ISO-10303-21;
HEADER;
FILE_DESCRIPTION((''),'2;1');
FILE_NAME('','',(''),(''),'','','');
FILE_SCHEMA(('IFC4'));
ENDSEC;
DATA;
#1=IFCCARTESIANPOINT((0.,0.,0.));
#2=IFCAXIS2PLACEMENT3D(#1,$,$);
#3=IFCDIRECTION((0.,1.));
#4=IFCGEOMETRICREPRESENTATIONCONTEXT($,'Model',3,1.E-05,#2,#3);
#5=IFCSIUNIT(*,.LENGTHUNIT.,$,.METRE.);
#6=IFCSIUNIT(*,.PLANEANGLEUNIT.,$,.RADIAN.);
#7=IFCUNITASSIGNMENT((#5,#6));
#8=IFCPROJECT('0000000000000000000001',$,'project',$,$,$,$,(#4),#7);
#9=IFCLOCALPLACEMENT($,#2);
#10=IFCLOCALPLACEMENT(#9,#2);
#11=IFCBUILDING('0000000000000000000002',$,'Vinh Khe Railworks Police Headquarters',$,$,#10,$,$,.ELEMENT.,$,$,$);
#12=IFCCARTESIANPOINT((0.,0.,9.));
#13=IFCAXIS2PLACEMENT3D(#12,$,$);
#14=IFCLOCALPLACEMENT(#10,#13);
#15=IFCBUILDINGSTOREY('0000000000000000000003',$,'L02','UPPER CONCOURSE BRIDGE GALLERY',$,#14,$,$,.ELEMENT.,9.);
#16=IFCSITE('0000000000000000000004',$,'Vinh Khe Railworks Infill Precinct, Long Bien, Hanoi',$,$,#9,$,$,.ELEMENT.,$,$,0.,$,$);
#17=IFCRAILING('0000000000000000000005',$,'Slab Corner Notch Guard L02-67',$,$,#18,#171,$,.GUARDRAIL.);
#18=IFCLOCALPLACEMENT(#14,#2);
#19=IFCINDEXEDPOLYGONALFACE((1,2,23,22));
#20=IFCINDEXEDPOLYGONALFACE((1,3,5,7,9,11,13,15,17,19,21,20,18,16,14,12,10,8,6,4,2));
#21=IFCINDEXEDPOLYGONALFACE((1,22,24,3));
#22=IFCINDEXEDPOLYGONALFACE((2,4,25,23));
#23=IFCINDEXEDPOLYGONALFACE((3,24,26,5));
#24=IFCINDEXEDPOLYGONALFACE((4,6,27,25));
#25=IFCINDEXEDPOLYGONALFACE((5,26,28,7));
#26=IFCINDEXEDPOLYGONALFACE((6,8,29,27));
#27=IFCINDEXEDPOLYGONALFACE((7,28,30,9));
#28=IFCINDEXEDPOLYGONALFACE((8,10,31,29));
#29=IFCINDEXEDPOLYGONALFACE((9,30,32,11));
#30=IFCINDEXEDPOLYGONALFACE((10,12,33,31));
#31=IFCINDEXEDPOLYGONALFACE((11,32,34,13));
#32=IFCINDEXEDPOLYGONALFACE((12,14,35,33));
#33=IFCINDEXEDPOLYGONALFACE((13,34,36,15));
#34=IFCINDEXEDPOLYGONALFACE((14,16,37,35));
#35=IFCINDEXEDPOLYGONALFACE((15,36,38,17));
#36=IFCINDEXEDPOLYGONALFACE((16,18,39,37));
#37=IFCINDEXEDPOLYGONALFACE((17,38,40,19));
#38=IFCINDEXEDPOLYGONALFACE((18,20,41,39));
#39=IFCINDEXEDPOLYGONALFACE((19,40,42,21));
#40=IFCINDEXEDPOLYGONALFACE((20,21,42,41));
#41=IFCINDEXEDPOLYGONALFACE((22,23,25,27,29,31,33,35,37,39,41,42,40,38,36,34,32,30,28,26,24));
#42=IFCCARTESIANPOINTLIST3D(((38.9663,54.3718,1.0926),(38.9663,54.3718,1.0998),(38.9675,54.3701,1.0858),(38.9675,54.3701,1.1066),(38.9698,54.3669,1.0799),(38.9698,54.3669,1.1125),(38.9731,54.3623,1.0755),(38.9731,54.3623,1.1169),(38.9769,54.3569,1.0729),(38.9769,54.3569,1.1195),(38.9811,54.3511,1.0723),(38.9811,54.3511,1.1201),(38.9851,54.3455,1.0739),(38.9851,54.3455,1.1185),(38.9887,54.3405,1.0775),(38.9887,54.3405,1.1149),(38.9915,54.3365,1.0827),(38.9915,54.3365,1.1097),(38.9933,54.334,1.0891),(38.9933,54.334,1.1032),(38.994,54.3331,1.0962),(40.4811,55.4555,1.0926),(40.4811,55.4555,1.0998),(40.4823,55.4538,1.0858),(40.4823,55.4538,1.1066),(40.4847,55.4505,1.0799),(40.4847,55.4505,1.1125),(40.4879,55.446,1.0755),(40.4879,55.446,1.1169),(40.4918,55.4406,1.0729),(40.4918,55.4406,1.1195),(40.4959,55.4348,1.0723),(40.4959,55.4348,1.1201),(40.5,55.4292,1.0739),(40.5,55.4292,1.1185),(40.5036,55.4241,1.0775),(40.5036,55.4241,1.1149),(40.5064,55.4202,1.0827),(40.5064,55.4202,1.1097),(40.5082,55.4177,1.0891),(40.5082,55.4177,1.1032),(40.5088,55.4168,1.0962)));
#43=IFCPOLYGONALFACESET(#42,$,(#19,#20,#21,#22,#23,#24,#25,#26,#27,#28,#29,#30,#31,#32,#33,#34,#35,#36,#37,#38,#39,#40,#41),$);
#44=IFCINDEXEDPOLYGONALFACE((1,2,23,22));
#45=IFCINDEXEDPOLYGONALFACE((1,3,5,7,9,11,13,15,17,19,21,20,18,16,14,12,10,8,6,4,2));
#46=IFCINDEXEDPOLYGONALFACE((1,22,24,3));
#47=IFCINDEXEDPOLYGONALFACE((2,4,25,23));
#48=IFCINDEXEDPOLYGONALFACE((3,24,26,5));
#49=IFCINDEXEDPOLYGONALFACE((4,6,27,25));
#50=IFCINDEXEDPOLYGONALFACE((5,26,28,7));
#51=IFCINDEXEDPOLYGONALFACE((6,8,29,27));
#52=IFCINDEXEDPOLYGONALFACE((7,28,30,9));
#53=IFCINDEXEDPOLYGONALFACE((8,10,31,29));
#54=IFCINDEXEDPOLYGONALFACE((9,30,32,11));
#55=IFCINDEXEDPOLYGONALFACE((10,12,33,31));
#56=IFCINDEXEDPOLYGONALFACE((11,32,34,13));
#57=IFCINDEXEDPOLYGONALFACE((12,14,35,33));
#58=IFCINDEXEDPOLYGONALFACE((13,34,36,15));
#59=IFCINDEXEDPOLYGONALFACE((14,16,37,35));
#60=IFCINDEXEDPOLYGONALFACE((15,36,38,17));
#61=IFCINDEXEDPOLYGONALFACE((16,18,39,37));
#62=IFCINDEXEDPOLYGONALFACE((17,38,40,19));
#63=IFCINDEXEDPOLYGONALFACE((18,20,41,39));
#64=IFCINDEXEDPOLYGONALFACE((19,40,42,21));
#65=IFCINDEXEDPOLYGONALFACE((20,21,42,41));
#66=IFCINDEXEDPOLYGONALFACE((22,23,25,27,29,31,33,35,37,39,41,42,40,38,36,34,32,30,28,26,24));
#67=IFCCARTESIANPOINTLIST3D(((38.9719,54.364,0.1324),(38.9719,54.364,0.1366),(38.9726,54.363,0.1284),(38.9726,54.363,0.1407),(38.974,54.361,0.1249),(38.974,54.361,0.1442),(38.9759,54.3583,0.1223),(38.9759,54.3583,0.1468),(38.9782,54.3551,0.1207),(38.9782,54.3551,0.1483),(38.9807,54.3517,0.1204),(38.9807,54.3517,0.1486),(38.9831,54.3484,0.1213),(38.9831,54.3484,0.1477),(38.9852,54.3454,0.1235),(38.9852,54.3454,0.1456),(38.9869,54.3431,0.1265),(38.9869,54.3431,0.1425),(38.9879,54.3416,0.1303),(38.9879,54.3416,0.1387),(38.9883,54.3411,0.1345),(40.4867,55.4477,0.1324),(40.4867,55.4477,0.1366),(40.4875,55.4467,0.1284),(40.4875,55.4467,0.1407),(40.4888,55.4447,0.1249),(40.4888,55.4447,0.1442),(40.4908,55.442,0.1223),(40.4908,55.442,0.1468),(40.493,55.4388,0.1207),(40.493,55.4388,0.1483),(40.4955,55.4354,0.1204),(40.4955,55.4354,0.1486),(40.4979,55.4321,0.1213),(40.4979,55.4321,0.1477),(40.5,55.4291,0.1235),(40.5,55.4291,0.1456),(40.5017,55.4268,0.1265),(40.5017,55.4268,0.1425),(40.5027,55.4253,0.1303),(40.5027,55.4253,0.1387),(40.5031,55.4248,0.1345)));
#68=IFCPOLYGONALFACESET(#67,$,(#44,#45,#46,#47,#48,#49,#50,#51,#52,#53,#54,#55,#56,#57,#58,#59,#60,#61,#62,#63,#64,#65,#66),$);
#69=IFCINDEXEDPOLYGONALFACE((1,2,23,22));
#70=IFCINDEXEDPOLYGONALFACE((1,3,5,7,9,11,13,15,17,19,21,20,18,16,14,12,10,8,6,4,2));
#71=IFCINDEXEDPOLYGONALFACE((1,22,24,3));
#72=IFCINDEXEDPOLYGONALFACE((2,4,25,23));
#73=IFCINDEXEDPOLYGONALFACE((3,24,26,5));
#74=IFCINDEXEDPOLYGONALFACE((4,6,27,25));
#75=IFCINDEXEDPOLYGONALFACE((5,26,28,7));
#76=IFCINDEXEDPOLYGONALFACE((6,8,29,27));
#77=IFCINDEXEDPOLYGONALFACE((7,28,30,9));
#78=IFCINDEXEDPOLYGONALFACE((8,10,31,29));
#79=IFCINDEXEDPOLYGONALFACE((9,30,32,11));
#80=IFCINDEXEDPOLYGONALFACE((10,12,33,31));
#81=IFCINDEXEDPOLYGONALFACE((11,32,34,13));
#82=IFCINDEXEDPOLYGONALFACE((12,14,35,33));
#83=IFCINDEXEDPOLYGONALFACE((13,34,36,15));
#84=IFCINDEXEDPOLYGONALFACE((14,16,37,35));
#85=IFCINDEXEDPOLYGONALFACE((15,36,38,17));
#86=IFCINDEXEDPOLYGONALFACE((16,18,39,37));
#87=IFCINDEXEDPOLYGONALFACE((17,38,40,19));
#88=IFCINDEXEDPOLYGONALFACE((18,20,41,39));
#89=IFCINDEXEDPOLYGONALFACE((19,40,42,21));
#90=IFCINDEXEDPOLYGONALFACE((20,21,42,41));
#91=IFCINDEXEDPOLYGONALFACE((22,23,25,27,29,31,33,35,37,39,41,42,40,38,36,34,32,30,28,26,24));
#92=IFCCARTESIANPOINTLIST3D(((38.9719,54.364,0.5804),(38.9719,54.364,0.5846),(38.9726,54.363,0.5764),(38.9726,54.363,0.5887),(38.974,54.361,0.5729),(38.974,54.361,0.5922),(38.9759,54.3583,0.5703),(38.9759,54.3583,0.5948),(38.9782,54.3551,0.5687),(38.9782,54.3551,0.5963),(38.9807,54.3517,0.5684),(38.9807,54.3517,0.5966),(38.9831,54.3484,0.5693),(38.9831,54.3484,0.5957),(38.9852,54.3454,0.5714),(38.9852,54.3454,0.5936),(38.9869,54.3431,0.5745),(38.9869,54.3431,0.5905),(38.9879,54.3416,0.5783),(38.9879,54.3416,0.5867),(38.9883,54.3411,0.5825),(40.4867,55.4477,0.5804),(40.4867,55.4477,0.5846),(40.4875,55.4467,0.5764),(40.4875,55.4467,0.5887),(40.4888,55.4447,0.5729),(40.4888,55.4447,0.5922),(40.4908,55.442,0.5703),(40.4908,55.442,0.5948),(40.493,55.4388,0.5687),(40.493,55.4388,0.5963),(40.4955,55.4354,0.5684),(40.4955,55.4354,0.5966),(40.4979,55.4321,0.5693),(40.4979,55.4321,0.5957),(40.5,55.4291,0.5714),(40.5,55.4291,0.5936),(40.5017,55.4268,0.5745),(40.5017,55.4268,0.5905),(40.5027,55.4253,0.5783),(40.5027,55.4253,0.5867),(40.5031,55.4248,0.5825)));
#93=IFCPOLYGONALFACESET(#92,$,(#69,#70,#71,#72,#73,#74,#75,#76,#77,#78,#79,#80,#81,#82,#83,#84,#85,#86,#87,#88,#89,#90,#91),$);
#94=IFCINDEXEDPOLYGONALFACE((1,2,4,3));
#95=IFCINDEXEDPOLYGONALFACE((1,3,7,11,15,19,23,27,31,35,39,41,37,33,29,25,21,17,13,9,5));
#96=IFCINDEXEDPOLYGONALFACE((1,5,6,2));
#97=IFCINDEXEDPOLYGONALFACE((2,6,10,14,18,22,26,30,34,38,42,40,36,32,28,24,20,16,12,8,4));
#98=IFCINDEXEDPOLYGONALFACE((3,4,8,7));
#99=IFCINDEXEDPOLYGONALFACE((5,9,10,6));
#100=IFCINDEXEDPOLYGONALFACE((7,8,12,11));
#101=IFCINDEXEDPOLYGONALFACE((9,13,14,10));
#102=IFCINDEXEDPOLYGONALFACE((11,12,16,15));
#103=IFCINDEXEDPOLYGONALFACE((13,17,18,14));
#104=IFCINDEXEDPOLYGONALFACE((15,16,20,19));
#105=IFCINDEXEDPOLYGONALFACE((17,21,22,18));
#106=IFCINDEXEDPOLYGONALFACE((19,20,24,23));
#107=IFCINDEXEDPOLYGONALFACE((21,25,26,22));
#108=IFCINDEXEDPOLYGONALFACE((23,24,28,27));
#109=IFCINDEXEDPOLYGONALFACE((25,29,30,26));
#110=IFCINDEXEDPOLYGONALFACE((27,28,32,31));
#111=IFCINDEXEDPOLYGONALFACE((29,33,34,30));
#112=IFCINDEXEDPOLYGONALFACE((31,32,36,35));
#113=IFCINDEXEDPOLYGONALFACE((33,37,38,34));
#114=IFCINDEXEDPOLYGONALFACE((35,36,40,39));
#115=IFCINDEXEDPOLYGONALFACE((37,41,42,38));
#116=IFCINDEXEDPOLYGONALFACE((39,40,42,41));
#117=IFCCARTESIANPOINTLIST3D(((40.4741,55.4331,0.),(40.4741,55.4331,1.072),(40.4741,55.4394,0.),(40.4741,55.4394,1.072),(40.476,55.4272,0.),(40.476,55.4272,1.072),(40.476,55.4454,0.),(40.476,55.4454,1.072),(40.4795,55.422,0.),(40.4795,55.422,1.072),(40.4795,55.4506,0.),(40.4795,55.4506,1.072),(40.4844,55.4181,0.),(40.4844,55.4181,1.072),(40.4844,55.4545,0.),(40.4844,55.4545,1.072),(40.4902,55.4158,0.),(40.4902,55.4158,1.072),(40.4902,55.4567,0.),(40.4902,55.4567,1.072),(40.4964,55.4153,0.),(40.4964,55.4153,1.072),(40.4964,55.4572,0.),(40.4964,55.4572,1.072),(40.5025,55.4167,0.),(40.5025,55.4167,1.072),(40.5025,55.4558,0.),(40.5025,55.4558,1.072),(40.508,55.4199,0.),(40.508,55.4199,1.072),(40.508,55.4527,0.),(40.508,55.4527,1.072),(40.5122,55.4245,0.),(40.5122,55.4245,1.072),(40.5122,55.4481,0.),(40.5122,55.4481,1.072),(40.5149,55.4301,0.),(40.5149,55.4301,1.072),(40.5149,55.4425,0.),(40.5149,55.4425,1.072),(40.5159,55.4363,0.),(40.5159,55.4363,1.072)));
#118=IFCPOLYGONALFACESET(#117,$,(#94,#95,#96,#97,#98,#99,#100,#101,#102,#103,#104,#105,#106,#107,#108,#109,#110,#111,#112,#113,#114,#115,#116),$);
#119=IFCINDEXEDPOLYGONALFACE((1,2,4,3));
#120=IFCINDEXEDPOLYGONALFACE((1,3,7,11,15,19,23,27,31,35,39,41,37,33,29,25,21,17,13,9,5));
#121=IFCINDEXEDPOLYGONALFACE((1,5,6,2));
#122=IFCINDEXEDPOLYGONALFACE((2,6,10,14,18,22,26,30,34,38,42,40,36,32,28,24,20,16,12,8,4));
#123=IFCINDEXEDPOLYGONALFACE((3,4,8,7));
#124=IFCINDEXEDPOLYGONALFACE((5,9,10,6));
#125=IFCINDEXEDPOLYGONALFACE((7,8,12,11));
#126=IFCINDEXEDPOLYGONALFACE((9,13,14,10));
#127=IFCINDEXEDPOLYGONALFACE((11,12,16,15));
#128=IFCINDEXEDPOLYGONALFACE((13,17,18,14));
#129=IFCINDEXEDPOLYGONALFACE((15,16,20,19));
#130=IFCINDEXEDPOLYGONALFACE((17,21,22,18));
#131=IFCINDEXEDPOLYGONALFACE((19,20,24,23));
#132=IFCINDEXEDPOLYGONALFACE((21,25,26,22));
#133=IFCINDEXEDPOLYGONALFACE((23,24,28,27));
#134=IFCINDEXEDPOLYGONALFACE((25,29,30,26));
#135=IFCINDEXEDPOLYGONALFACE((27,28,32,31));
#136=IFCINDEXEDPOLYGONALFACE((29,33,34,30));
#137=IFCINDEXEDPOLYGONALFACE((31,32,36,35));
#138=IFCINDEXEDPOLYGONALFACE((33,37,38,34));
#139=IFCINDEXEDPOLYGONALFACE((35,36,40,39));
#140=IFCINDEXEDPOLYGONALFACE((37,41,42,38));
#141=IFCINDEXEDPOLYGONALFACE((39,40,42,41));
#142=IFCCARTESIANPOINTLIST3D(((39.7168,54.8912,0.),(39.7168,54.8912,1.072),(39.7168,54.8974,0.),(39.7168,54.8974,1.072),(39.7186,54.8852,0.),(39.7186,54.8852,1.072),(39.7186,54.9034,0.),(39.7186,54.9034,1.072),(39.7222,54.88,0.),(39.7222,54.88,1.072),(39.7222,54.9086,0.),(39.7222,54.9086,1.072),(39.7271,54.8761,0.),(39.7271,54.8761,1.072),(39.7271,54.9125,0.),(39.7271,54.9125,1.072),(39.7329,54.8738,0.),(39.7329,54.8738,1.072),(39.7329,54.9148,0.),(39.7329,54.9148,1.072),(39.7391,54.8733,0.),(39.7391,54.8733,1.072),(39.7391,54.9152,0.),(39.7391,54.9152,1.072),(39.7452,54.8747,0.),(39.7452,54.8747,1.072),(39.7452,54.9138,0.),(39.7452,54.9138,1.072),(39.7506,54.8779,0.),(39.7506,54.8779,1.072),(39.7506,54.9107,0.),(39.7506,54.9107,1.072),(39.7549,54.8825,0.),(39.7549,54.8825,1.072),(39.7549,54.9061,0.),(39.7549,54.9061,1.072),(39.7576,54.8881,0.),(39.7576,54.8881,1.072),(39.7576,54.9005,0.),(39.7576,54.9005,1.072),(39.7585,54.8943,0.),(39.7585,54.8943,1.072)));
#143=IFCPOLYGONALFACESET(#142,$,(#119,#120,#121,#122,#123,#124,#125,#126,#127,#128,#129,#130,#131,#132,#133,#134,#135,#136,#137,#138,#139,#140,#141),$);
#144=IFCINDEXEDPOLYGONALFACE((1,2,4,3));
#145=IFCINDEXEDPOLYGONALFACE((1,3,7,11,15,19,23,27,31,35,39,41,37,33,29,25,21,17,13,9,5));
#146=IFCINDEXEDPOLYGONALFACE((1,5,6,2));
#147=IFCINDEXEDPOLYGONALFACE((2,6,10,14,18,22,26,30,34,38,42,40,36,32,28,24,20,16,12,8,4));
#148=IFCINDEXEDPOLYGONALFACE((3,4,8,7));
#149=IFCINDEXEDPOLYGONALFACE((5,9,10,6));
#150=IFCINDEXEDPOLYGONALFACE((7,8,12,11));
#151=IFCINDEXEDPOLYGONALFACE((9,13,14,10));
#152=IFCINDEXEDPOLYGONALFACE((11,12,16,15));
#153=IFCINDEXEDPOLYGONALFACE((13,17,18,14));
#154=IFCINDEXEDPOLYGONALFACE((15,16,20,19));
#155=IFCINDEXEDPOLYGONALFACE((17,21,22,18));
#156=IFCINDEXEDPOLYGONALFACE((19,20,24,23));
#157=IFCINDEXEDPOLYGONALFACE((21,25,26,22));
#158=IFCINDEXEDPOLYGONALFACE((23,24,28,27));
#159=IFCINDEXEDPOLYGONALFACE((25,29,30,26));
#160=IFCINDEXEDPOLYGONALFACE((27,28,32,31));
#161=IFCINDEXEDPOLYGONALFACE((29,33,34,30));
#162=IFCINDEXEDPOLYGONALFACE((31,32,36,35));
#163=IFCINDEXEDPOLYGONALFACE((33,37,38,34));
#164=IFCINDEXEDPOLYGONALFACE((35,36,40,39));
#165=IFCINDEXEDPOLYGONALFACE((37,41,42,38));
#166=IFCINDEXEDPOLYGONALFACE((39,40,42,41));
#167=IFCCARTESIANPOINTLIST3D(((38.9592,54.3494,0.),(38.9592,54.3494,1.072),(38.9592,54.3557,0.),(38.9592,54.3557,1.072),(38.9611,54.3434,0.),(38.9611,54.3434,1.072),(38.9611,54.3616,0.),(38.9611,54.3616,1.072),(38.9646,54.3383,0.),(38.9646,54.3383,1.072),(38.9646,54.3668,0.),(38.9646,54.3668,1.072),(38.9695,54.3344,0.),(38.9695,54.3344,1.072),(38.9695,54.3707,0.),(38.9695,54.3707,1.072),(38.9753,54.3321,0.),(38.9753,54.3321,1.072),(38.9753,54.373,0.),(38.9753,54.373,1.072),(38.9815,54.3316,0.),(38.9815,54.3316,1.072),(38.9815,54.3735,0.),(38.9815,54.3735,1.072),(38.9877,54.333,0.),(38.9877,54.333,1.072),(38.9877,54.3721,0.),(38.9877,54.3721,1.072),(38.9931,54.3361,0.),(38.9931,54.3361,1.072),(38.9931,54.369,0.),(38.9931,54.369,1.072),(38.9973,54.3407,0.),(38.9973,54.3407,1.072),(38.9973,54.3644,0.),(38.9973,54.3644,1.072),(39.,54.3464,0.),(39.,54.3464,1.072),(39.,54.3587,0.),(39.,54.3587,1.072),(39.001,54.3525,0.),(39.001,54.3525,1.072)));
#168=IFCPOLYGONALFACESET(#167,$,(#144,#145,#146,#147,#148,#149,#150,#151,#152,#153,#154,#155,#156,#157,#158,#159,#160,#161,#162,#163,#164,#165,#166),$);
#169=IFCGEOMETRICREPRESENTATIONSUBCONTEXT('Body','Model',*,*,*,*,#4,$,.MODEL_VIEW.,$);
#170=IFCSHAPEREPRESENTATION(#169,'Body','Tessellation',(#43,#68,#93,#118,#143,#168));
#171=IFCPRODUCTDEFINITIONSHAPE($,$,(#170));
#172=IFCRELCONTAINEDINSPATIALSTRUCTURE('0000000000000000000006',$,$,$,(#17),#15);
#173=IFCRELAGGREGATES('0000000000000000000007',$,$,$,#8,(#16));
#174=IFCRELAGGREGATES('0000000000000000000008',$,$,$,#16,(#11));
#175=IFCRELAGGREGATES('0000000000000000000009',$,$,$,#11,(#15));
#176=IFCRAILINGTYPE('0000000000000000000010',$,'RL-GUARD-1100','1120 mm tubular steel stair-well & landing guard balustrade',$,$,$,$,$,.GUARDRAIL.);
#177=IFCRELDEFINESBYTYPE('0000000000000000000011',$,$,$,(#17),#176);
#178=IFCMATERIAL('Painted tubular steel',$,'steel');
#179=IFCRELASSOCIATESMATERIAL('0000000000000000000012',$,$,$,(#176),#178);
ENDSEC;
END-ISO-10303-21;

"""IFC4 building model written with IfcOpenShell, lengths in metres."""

from ifc_helpers import new_model, si_unit, direction, frame, origin, origin_2d, place, context, subcontext, project, spatial, circle, extrude, material, type_object, element, save


model = new_model("IFC4")

# Units and contexts
model_context = context("Model", 3, precision=1e-05, world=origin(), true_north=direction((0.0, 1.0)))
body_context = subcontext(model_context, "Body", "Model", "MODEL_VIEW")
ifc_project = project(units=[si_unit("LENGTHUNIT", "METRE"), si_unit("PLANEANGLEUNIT", "RADIAN")], contexts=[model_context])

# Site, building, storey
site_placement = place(None, origin())
site = spatial("IfcSite", under=ifc_project, at=site_placement, Name="Vinh Khe Railworks Infill Precinct, Long Bien, Hanoi", CompositionType="ELEMENT", RefElevation=0.0)
building_placement = place(site_placement, origin())
building = spatial("IfcBuilding", under=site, at=building_placement, Name="Vinh Khe Railworks Police Headquarters", CompositionType="ELEMENT")
storey_placement = place(building_placement, frame((0.0, 0.0, 9.0)))
storey = spatial("IfcBuildingStorey", under=building, at=storey_placement, Name="L02", Description="UPPER CONCOURSE BRIDGE GALLERY", CompositionType="ELEMENT", Elevation=9.0)

# Railing
ifc_material_1 = material(Name="Painted tubular steel", Category="steel")
railing_type = type_object("IfcRailingType", Name="RL-GUARD-1100", Description="1120 mm tubular steel stair-well & landing guard balustrade", PredefinedType="GUARDRAIL", material=ifc_material_1)
railing_1_placement = place(storey_placement, frame((40.4949, 55.4363, 0.0)))
element("IfcRailing", 1, at=railing_1_placement, inside=storey, type_object=railing_type, Name="Slab Corner Notch Guard L02-67", PredefinedType="GUARDRAIL", context=body_context, shape_type="SweptSolid", body=[
    extrude(circle(Radius=0.0239, at=origin_2d()), frame((0.0, 0.0, 1.0962), z_axis=(-0.813308, -0.581833, 0.0), x_axis=(0.581833, -0.813308, 0.0)), (0.0, 0.0, 1.0), 1.8625),
    extrude(circle(Radius=0.0142, at=origin_2d()), frame((0.0, 0.0, 0.1345), z_axis=(-0.813308, -0.581833, 0.0), x_axis=(0.581833, -0.813308, 0.0)), (0.0, 0.0, 1.0), 1.8625),
    extrude(circle(Radius=0.0142, at=origin_2d()), frame((0.0, 0.0, 0.5825), z_axis=(-0.813308, -0.581833, 0.0), x_axis=(0.581833, -0.813308, 0.0)), (0.0, 0.0, 1.0), 1.8625),
    extrude(circle(Radius=0.021, at=origin_2d()), origin(), (0.0, 0.0, 1.0), 1.072),
    extrude(circle(Radius=0.021, at=origin_2d()), frame((-0.7573, -0.542, 0.0)), (0.0, 0.0, 1.0), 1.072),
    extrude(circle(Radius=0.021, at=origin_2d()), frame((-1.5149, -1.0837, 0.0)), (0.0, 0.0, 1.0), 1.072),
])

save(model, "model.ifc")
